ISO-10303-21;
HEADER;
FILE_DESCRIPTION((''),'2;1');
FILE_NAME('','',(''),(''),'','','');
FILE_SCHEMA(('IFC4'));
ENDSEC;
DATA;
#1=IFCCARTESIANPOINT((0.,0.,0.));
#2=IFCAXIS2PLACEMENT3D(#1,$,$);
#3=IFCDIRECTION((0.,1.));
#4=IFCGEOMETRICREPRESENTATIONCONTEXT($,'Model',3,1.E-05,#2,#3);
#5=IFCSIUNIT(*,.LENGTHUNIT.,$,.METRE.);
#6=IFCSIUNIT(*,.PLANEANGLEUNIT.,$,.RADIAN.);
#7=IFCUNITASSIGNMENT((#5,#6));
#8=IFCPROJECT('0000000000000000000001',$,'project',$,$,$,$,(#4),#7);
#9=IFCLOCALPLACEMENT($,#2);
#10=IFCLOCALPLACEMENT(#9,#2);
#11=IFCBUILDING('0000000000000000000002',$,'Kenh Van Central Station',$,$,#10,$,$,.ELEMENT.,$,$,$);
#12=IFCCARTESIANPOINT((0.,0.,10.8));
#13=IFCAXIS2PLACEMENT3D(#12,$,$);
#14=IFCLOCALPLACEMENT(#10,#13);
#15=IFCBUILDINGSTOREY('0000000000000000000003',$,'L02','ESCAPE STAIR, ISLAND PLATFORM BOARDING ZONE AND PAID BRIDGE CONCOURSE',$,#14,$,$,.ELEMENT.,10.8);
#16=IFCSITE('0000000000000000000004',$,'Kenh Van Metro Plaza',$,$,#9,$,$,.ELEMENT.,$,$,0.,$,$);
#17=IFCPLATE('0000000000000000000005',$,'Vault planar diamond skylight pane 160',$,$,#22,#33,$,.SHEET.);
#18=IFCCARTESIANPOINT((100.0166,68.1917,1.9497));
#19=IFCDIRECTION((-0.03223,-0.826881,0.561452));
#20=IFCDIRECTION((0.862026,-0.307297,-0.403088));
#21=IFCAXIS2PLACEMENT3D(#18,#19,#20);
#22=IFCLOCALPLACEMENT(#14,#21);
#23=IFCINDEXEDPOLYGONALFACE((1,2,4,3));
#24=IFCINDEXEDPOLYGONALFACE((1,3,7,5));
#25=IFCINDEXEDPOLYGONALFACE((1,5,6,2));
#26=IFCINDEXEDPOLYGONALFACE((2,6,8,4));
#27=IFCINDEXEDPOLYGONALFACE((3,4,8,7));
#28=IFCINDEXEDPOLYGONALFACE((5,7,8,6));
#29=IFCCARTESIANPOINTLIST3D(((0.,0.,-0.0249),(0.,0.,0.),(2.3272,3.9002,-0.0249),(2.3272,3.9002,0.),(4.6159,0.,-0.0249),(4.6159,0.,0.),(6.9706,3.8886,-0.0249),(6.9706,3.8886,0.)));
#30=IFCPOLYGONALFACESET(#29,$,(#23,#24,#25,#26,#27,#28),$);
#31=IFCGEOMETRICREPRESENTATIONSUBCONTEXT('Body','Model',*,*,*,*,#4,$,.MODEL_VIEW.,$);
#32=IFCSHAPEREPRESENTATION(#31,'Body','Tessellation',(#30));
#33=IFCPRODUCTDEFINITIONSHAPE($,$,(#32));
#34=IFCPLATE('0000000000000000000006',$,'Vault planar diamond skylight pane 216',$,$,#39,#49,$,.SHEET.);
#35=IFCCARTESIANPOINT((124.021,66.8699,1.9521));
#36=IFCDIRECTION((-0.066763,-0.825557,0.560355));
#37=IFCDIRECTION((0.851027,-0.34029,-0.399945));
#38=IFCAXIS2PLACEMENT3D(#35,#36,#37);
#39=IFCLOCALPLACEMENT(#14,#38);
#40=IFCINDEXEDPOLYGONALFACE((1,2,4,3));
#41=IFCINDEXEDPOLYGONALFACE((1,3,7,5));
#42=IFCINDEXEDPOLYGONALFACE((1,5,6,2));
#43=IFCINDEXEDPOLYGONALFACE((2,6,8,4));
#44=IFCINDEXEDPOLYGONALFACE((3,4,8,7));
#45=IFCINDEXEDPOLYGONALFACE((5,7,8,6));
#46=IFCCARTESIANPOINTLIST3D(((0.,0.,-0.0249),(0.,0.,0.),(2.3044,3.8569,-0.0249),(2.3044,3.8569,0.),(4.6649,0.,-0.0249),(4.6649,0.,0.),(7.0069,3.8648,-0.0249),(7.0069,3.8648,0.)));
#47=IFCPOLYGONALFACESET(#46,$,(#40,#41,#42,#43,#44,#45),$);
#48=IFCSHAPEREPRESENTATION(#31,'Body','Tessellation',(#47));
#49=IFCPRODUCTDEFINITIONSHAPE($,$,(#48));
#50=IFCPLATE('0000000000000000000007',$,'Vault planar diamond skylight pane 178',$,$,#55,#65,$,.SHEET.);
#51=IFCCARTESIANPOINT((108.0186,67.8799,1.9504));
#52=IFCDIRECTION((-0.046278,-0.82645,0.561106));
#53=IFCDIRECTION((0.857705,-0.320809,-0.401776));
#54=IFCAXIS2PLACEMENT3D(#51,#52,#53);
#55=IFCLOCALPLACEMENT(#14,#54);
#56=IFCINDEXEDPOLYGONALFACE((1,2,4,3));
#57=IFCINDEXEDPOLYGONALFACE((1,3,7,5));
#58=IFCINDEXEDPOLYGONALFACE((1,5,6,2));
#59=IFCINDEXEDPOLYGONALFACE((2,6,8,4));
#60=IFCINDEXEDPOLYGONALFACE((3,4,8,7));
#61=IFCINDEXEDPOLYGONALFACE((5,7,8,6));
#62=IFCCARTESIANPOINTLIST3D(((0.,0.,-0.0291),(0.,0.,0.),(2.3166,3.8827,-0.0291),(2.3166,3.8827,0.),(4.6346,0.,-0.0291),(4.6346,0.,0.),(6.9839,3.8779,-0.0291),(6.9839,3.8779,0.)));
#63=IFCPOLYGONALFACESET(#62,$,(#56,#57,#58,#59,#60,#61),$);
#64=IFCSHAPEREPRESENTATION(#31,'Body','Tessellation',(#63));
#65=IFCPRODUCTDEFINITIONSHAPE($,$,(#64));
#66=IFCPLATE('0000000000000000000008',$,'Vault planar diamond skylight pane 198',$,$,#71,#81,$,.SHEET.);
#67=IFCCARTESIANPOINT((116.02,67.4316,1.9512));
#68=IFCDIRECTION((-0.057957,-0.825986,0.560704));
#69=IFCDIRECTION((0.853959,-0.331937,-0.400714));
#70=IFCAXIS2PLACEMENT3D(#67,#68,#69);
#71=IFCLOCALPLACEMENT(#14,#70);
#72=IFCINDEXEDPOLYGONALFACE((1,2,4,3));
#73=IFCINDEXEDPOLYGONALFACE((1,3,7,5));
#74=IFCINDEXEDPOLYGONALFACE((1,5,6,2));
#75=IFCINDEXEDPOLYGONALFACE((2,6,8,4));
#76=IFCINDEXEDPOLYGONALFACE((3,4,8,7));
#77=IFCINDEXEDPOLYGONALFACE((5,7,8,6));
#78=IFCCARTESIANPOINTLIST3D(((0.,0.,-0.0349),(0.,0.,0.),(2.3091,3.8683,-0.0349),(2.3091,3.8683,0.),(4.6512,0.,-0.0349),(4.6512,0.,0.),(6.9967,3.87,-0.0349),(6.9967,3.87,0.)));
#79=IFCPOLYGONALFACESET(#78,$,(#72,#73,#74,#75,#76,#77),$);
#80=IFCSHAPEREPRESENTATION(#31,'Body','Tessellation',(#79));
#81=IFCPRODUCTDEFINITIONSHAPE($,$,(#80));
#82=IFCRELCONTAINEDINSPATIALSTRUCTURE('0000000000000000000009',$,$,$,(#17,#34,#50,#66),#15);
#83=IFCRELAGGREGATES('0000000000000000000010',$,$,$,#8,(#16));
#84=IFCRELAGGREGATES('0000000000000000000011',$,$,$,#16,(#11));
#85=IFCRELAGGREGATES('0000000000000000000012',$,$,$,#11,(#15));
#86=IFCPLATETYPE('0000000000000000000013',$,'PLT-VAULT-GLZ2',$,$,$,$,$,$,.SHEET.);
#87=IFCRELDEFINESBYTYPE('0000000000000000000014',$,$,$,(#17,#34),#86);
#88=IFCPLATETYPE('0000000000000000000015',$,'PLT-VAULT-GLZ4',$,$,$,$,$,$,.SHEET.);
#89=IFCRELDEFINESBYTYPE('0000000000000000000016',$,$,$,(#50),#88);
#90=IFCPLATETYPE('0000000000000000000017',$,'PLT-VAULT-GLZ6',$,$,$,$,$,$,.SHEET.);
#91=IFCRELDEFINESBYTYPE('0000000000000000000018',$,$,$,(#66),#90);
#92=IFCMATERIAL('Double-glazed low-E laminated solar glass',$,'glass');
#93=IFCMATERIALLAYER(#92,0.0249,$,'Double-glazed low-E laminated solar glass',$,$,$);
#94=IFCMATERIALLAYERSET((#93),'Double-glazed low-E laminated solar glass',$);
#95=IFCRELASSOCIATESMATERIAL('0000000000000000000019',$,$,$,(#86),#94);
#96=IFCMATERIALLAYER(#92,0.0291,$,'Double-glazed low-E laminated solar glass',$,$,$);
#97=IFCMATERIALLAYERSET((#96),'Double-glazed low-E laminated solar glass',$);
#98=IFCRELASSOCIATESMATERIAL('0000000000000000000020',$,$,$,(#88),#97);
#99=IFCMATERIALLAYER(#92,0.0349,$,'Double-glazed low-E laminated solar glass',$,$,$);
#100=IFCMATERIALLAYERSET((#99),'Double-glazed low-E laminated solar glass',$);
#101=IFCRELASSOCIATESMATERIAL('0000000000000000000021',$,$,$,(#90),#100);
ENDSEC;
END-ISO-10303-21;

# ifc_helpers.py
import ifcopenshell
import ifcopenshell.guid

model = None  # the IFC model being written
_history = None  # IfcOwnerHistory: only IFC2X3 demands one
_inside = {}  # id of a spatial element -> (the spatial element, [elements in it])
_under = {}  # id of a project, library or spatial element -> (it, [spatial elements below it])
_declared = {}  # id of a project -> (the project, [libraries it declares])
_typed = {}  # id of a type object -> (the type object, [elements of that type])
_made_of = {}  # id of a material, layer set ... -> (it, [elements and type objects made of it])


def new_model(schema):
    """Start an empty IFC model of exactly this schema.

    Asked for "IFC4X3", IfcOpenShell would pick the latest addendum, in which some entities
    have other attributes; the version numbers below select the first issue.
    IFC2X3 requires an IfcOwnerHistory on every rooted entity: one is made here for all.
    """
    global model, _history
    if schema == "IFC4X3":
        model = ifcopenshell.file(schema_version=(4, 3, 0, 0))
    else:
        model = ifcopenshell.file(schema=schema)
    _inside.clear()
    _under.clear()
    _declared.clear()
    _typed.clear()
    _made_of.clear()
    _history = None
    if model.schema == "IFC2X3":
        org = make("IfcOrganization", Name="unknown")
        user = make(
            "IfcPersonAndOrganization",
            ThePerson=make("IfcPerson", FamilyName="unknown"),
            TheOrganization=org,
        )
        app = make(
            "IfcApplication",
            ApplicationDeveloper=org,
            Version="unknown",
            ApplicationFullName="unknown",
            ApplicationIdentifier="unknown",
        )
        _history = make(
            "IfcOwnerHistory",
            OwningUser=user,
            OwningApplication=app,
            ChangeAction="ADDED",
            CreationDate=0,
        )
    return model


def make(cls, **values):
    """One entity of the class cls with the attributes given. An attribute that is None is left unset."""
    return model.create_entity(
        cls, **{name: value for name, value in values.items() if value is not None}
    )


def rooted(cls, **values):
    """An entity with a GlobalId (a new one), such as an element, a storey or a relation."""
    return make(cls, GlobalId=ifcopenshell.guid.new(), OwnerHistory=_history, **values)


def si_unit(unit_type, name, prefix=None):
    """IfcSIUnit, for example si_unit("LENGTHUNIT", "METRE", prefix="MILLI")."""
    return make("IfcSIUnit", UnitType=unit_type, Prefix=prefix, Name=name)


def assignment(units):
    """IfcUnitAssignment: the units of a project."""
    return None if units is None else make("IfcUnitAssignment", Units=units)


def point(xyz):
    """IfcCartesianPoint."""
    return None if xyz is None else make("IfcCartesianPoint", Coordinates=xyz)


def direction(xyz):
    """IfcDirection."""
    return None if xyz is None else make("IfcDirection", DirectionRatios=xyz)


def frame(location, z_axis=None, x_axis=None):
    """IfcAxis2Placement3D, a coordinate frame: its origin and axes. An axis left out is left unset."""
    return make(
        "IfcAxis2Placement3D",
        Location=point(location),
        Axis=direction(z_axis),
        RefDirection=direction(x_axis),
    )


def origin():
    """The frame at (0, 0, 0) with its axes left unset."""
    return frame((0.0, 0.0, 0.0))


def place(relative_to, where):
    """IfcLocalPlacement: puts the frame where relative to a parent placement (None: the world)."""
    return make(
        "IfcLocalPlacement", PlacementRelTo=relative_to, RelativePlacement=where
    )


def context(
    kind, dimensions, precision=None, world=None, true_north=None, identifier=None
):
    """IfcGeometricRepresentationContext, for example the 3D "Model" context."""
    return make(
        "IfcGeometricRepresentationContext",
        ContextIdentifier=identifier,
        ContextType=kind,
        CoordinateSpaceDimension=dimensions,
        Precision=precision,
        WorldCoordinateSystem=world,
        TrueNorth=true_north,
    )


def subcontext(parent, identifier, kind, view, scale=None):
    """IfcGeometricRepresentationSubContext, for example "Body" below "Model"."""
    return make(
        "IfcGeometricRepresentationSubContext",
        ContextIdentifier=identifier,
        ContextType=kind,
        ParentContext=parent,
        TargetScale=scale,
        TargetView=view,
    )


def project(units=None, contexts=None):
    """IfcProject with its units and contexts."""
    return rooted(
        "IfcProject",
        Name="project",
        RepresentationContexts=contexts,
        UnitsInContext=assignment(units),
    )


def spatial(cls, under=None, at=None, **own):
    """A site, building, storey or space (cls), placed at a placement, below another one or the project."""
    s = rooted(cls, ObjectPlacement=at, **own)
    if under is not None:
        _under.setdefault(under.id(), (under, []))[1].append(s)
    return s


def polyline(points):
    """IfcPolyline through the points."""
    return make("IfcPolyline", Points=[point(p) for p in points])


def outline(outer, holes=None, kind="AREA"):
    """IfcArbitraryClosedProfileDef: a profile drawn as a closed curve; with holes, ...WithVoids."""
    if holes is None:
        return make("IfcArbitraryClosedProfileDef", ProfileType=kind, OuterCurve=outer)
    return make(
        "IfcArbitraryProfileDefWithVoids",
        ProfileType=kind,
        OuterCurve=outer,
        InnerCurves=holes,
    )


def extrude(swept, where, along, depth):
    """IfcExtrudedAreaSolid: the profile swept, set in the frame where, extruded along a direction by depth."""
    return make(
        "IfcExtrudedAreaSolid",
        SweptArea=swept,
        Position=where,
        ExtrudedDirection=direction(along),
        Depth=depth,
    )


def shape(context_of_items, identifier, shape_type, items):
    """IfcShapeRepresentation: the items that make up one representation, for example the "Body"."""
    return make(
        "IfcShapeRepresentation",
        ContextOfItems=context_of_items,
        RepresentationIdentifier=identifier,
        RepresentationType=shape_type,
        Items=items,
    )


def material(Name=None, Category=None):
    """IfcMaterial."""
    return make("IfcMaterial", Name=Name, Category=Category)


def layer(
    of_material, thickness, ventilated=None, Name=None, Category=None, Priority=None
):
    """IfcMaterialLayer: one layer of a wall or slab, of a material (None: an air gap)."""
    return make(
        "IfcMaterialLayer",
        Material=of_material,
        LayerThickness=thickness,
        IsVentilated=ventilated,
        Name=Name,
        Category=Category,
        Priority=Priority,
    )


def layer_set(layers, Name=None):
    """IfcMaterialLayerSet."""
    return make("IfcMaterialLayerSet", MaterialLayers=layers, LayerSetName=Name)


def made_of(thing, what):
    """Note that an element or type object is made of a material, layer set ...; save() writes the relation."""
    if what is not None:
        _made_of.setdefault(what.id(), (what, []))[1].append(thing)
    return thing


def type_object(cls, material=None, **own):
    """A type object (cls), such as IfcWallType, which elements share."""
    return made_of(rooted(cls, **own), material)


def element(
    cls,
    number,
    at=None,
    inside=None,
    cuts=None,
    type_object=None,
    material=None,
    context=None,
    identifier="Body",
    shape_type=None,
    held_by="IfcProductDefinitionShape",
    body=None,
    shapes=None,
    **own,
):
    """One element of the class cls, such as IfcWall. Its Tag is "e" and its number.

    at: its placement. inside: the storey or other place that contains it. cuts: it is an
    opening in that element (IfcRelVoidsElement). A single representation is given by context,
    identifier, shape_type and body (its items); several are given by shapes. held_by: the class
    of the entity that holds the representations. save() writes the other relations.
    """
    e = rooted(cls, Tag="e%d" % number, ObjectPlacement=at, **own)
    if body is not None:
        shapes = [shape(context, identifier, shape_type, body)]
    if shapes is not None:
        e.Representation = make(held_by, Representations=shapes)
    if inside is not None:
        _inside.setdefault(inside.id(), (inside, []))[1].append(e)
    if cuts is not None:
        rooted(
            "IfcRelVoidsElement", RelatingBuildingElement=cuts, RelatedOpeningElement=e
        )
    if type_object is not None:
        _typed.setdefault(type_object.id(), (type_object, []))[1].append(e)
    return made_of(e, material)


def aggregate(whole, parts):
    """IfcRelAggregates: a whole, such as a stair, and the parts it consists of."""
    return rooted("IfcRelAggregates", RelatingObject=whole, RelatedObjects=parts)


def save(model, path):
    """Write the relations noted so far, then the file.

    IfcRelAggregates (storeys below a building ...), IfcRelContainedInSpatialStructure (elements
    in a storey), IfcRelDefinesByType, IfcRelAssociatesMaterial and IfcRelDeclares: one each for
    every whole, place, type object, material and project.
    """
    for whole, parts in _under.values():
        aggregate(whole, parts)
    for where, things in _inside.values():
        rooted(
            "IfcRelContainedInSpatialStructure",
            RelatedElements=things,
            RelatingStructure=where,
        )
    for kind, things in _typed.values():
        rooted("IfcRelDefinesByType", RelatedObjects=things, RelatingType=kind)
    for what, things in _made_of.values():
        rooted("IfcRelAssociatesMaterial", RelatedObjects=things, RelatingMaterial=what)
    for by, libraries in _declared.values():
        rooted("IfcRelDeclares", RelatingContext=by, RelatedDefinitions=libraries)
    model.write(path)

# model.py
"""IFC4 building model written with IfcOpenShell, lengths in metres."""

from ifc_helpers import new_model, si_unit, direction, frame, origin, place, context, subcontext, project, spatial, polyline, outline, extrude, material, layer, layer_set, type_object, element, save


model = new_model("IFC4")

# Units and contexts
model_context = context("Model", 3, precision=1e-05, world=origin(), true_north=direction((0.0, 1.0)))
body_context = subcontext(model_context, "Body", "Model", "MODEL_VIEW")
ifc_project = project(units=[si_unit("LENGTHUNIT", "METRE"), si_unit("PLANEANGLEUNIT", "RADIAN")], contexts=[model_context])

# Site, building, storey
site_placement = place(None, origin())
site = spatial("IfcSite", under=ifc_project, at=site_placement, Name="Kenh Van Metro Plaza", CompositionType="ELEMENT", RefElevation=0.0)
building_placement = place(site_placement, origin())
building = spatial("IfcBuilding", under=site, at=building_placement, Name="Kenh Van Central Station", CompositionType="ELEMENT")
storey_placement = place(building_placement, frame((0.0, 0.0, 10.8)))
storey = spatial("IfcBuildingStorey", under=building, at=storey_placement, Name="L02", Description="ESCAPE STAIR, ISLAND PLATFORM BOARDING ZONE AND PAID BRIDGE CONCOURSE", CompositionType="ELEMENT", Elevation=10.8)

# Plates
ifc_material_1 = material(Name="Double-glazed low-E laminated solar glass", Category="glass")
ifc_layer_1 = layer(ifc_material_1, 0.0249, Name="Double-glazed low-E laminated solar glass")
ifc_layer_set_1 = layer_set([ifc_layer_1], Name="Double-glazed low-E laminated solar glass")
plate_type_1 = type_object("IfcPlateType", Name="PLT-VAULT-GLZ2", PredefinedType="SHEET", material=ifc_layer_set_1)
plate_1_placement = place(storey_placement, frame((100.0166, 68.1917, 1.9497), z_axis=(-0.03223, -0.826881, 0.561452), x_axis=(0.862026, -0.307297, -0.403088)))
element("IfcPlate", 1, at=plate_1_placement, inside=storey, type_object=plate_type_1, Name="Vault planar diamond skylight pane 160", PredefinedType="SHEET", context=body_context, shape_type="SweptSolid", body=[
    extrude(outline(polyline([(0.0, 0.0), (4.6159, 0.0), (6.9706, 3.8886), (2.3272, 3.9002), (0.0, 0.0)])), origin(), (0.0, 0.0, -1.0), 0.0249),
])
plate_2_placement = place(storey_placement, frame((124.021, 66.8699, 1.9521), z_axis=(-0.066763, -0.825557, 0.560355), x_axis=(0.851027, -0.34029, -0.399945)))
element("IfcPlate", 2, at=plate_2_placement, inside=storey, type_object=plate_type_1, Name="Vault planar diamond skylight pane 216", PredefinedType="SHEET", context=body_context, shape_type="SweptSolid", body=[
    extrude(outline(polyline([(0.0, 0.0), (4.6649, 0.0), (7.0069, 3.8648), (2.3044, 3.8569), (0.0, 0.0)])), origin(), (0.0, 0.0, -1.0), 0.0249),
])
ifc_layer_2 = layer(ifc_material_1, 0.0291, Name="Double-glazed low-E laminated solar glass")
ifc_layer_set_2 = layer_set([ifc_layer_2], Name="Double-glazed low-E laminated solar glass")
plate_type_2 = type_object("IfcPlateType", Name="PLT-VAULT-GLZ4", PredefinedType="SHEET", material=ifc_layer_set_2)
plate_3_placement = place(storey_placement, frame((108.0186, 67.8799, 1.9504), z_axis=(-0.046278, -0.82645, 0.561106), x_axis=(0.857705, -0.320809, -0.401776)))
element("IfcPlate", 3, at=plate_3_placement, inside=storey, type_object=plate_type_2, Name="Vault planar diamond skylight pane 178", PredefinedType="SHEET", context=body_context, shape_type="SweptSolid", body=[
    extrude(outline(polyline([(0.0, 0.0), (4.6346, 0.0), (6.9839, 3.8779), (2.3166, 3.8827), (0.0, 0.0)])), origin(), (0.0, 0.0, -1.0), 0.0291),
])
ifc_layer_3 = layer(ifc_material_1, 0.0349, Name="Double-glazed low-E laminated solar glass")
ifc_layer_set_3 = layer_set([ifc_layer_3], Name="Double-glazed low-E laminated solar glass")
plate_type_3 = type_object("IfcPlateType", Name="PLT-VAULT-GLZ6", PredefinedType="SHEET", material=ifc_layer_set_3)
plate_4_placement = place(storey_placement, frame((116.02, 67.4316, 1.9512), z_axis=(-0.057957, -0.825986, 0.560704), x_axis=(0.853959, -0.331937, -0.400714)))
element("IfcPlate", 4, at=plate_4_placement, inside=storey, type_object=plate_type_3, Name="Vault planar diamond skylight pane 198", PredefinedType="SHEET", context=body_context, shape_type="SweptSolid", body=[
    extrude(outline(polyline([(0.0, 0.0), (4.6512, 0.0), (6.9967, 3.87), (2.3091, 3.8683), (0.0, 0.0)])), origin(), (0.0, 0.0, -1.0), 0.0349),
])

save(model, "model.ifc")
